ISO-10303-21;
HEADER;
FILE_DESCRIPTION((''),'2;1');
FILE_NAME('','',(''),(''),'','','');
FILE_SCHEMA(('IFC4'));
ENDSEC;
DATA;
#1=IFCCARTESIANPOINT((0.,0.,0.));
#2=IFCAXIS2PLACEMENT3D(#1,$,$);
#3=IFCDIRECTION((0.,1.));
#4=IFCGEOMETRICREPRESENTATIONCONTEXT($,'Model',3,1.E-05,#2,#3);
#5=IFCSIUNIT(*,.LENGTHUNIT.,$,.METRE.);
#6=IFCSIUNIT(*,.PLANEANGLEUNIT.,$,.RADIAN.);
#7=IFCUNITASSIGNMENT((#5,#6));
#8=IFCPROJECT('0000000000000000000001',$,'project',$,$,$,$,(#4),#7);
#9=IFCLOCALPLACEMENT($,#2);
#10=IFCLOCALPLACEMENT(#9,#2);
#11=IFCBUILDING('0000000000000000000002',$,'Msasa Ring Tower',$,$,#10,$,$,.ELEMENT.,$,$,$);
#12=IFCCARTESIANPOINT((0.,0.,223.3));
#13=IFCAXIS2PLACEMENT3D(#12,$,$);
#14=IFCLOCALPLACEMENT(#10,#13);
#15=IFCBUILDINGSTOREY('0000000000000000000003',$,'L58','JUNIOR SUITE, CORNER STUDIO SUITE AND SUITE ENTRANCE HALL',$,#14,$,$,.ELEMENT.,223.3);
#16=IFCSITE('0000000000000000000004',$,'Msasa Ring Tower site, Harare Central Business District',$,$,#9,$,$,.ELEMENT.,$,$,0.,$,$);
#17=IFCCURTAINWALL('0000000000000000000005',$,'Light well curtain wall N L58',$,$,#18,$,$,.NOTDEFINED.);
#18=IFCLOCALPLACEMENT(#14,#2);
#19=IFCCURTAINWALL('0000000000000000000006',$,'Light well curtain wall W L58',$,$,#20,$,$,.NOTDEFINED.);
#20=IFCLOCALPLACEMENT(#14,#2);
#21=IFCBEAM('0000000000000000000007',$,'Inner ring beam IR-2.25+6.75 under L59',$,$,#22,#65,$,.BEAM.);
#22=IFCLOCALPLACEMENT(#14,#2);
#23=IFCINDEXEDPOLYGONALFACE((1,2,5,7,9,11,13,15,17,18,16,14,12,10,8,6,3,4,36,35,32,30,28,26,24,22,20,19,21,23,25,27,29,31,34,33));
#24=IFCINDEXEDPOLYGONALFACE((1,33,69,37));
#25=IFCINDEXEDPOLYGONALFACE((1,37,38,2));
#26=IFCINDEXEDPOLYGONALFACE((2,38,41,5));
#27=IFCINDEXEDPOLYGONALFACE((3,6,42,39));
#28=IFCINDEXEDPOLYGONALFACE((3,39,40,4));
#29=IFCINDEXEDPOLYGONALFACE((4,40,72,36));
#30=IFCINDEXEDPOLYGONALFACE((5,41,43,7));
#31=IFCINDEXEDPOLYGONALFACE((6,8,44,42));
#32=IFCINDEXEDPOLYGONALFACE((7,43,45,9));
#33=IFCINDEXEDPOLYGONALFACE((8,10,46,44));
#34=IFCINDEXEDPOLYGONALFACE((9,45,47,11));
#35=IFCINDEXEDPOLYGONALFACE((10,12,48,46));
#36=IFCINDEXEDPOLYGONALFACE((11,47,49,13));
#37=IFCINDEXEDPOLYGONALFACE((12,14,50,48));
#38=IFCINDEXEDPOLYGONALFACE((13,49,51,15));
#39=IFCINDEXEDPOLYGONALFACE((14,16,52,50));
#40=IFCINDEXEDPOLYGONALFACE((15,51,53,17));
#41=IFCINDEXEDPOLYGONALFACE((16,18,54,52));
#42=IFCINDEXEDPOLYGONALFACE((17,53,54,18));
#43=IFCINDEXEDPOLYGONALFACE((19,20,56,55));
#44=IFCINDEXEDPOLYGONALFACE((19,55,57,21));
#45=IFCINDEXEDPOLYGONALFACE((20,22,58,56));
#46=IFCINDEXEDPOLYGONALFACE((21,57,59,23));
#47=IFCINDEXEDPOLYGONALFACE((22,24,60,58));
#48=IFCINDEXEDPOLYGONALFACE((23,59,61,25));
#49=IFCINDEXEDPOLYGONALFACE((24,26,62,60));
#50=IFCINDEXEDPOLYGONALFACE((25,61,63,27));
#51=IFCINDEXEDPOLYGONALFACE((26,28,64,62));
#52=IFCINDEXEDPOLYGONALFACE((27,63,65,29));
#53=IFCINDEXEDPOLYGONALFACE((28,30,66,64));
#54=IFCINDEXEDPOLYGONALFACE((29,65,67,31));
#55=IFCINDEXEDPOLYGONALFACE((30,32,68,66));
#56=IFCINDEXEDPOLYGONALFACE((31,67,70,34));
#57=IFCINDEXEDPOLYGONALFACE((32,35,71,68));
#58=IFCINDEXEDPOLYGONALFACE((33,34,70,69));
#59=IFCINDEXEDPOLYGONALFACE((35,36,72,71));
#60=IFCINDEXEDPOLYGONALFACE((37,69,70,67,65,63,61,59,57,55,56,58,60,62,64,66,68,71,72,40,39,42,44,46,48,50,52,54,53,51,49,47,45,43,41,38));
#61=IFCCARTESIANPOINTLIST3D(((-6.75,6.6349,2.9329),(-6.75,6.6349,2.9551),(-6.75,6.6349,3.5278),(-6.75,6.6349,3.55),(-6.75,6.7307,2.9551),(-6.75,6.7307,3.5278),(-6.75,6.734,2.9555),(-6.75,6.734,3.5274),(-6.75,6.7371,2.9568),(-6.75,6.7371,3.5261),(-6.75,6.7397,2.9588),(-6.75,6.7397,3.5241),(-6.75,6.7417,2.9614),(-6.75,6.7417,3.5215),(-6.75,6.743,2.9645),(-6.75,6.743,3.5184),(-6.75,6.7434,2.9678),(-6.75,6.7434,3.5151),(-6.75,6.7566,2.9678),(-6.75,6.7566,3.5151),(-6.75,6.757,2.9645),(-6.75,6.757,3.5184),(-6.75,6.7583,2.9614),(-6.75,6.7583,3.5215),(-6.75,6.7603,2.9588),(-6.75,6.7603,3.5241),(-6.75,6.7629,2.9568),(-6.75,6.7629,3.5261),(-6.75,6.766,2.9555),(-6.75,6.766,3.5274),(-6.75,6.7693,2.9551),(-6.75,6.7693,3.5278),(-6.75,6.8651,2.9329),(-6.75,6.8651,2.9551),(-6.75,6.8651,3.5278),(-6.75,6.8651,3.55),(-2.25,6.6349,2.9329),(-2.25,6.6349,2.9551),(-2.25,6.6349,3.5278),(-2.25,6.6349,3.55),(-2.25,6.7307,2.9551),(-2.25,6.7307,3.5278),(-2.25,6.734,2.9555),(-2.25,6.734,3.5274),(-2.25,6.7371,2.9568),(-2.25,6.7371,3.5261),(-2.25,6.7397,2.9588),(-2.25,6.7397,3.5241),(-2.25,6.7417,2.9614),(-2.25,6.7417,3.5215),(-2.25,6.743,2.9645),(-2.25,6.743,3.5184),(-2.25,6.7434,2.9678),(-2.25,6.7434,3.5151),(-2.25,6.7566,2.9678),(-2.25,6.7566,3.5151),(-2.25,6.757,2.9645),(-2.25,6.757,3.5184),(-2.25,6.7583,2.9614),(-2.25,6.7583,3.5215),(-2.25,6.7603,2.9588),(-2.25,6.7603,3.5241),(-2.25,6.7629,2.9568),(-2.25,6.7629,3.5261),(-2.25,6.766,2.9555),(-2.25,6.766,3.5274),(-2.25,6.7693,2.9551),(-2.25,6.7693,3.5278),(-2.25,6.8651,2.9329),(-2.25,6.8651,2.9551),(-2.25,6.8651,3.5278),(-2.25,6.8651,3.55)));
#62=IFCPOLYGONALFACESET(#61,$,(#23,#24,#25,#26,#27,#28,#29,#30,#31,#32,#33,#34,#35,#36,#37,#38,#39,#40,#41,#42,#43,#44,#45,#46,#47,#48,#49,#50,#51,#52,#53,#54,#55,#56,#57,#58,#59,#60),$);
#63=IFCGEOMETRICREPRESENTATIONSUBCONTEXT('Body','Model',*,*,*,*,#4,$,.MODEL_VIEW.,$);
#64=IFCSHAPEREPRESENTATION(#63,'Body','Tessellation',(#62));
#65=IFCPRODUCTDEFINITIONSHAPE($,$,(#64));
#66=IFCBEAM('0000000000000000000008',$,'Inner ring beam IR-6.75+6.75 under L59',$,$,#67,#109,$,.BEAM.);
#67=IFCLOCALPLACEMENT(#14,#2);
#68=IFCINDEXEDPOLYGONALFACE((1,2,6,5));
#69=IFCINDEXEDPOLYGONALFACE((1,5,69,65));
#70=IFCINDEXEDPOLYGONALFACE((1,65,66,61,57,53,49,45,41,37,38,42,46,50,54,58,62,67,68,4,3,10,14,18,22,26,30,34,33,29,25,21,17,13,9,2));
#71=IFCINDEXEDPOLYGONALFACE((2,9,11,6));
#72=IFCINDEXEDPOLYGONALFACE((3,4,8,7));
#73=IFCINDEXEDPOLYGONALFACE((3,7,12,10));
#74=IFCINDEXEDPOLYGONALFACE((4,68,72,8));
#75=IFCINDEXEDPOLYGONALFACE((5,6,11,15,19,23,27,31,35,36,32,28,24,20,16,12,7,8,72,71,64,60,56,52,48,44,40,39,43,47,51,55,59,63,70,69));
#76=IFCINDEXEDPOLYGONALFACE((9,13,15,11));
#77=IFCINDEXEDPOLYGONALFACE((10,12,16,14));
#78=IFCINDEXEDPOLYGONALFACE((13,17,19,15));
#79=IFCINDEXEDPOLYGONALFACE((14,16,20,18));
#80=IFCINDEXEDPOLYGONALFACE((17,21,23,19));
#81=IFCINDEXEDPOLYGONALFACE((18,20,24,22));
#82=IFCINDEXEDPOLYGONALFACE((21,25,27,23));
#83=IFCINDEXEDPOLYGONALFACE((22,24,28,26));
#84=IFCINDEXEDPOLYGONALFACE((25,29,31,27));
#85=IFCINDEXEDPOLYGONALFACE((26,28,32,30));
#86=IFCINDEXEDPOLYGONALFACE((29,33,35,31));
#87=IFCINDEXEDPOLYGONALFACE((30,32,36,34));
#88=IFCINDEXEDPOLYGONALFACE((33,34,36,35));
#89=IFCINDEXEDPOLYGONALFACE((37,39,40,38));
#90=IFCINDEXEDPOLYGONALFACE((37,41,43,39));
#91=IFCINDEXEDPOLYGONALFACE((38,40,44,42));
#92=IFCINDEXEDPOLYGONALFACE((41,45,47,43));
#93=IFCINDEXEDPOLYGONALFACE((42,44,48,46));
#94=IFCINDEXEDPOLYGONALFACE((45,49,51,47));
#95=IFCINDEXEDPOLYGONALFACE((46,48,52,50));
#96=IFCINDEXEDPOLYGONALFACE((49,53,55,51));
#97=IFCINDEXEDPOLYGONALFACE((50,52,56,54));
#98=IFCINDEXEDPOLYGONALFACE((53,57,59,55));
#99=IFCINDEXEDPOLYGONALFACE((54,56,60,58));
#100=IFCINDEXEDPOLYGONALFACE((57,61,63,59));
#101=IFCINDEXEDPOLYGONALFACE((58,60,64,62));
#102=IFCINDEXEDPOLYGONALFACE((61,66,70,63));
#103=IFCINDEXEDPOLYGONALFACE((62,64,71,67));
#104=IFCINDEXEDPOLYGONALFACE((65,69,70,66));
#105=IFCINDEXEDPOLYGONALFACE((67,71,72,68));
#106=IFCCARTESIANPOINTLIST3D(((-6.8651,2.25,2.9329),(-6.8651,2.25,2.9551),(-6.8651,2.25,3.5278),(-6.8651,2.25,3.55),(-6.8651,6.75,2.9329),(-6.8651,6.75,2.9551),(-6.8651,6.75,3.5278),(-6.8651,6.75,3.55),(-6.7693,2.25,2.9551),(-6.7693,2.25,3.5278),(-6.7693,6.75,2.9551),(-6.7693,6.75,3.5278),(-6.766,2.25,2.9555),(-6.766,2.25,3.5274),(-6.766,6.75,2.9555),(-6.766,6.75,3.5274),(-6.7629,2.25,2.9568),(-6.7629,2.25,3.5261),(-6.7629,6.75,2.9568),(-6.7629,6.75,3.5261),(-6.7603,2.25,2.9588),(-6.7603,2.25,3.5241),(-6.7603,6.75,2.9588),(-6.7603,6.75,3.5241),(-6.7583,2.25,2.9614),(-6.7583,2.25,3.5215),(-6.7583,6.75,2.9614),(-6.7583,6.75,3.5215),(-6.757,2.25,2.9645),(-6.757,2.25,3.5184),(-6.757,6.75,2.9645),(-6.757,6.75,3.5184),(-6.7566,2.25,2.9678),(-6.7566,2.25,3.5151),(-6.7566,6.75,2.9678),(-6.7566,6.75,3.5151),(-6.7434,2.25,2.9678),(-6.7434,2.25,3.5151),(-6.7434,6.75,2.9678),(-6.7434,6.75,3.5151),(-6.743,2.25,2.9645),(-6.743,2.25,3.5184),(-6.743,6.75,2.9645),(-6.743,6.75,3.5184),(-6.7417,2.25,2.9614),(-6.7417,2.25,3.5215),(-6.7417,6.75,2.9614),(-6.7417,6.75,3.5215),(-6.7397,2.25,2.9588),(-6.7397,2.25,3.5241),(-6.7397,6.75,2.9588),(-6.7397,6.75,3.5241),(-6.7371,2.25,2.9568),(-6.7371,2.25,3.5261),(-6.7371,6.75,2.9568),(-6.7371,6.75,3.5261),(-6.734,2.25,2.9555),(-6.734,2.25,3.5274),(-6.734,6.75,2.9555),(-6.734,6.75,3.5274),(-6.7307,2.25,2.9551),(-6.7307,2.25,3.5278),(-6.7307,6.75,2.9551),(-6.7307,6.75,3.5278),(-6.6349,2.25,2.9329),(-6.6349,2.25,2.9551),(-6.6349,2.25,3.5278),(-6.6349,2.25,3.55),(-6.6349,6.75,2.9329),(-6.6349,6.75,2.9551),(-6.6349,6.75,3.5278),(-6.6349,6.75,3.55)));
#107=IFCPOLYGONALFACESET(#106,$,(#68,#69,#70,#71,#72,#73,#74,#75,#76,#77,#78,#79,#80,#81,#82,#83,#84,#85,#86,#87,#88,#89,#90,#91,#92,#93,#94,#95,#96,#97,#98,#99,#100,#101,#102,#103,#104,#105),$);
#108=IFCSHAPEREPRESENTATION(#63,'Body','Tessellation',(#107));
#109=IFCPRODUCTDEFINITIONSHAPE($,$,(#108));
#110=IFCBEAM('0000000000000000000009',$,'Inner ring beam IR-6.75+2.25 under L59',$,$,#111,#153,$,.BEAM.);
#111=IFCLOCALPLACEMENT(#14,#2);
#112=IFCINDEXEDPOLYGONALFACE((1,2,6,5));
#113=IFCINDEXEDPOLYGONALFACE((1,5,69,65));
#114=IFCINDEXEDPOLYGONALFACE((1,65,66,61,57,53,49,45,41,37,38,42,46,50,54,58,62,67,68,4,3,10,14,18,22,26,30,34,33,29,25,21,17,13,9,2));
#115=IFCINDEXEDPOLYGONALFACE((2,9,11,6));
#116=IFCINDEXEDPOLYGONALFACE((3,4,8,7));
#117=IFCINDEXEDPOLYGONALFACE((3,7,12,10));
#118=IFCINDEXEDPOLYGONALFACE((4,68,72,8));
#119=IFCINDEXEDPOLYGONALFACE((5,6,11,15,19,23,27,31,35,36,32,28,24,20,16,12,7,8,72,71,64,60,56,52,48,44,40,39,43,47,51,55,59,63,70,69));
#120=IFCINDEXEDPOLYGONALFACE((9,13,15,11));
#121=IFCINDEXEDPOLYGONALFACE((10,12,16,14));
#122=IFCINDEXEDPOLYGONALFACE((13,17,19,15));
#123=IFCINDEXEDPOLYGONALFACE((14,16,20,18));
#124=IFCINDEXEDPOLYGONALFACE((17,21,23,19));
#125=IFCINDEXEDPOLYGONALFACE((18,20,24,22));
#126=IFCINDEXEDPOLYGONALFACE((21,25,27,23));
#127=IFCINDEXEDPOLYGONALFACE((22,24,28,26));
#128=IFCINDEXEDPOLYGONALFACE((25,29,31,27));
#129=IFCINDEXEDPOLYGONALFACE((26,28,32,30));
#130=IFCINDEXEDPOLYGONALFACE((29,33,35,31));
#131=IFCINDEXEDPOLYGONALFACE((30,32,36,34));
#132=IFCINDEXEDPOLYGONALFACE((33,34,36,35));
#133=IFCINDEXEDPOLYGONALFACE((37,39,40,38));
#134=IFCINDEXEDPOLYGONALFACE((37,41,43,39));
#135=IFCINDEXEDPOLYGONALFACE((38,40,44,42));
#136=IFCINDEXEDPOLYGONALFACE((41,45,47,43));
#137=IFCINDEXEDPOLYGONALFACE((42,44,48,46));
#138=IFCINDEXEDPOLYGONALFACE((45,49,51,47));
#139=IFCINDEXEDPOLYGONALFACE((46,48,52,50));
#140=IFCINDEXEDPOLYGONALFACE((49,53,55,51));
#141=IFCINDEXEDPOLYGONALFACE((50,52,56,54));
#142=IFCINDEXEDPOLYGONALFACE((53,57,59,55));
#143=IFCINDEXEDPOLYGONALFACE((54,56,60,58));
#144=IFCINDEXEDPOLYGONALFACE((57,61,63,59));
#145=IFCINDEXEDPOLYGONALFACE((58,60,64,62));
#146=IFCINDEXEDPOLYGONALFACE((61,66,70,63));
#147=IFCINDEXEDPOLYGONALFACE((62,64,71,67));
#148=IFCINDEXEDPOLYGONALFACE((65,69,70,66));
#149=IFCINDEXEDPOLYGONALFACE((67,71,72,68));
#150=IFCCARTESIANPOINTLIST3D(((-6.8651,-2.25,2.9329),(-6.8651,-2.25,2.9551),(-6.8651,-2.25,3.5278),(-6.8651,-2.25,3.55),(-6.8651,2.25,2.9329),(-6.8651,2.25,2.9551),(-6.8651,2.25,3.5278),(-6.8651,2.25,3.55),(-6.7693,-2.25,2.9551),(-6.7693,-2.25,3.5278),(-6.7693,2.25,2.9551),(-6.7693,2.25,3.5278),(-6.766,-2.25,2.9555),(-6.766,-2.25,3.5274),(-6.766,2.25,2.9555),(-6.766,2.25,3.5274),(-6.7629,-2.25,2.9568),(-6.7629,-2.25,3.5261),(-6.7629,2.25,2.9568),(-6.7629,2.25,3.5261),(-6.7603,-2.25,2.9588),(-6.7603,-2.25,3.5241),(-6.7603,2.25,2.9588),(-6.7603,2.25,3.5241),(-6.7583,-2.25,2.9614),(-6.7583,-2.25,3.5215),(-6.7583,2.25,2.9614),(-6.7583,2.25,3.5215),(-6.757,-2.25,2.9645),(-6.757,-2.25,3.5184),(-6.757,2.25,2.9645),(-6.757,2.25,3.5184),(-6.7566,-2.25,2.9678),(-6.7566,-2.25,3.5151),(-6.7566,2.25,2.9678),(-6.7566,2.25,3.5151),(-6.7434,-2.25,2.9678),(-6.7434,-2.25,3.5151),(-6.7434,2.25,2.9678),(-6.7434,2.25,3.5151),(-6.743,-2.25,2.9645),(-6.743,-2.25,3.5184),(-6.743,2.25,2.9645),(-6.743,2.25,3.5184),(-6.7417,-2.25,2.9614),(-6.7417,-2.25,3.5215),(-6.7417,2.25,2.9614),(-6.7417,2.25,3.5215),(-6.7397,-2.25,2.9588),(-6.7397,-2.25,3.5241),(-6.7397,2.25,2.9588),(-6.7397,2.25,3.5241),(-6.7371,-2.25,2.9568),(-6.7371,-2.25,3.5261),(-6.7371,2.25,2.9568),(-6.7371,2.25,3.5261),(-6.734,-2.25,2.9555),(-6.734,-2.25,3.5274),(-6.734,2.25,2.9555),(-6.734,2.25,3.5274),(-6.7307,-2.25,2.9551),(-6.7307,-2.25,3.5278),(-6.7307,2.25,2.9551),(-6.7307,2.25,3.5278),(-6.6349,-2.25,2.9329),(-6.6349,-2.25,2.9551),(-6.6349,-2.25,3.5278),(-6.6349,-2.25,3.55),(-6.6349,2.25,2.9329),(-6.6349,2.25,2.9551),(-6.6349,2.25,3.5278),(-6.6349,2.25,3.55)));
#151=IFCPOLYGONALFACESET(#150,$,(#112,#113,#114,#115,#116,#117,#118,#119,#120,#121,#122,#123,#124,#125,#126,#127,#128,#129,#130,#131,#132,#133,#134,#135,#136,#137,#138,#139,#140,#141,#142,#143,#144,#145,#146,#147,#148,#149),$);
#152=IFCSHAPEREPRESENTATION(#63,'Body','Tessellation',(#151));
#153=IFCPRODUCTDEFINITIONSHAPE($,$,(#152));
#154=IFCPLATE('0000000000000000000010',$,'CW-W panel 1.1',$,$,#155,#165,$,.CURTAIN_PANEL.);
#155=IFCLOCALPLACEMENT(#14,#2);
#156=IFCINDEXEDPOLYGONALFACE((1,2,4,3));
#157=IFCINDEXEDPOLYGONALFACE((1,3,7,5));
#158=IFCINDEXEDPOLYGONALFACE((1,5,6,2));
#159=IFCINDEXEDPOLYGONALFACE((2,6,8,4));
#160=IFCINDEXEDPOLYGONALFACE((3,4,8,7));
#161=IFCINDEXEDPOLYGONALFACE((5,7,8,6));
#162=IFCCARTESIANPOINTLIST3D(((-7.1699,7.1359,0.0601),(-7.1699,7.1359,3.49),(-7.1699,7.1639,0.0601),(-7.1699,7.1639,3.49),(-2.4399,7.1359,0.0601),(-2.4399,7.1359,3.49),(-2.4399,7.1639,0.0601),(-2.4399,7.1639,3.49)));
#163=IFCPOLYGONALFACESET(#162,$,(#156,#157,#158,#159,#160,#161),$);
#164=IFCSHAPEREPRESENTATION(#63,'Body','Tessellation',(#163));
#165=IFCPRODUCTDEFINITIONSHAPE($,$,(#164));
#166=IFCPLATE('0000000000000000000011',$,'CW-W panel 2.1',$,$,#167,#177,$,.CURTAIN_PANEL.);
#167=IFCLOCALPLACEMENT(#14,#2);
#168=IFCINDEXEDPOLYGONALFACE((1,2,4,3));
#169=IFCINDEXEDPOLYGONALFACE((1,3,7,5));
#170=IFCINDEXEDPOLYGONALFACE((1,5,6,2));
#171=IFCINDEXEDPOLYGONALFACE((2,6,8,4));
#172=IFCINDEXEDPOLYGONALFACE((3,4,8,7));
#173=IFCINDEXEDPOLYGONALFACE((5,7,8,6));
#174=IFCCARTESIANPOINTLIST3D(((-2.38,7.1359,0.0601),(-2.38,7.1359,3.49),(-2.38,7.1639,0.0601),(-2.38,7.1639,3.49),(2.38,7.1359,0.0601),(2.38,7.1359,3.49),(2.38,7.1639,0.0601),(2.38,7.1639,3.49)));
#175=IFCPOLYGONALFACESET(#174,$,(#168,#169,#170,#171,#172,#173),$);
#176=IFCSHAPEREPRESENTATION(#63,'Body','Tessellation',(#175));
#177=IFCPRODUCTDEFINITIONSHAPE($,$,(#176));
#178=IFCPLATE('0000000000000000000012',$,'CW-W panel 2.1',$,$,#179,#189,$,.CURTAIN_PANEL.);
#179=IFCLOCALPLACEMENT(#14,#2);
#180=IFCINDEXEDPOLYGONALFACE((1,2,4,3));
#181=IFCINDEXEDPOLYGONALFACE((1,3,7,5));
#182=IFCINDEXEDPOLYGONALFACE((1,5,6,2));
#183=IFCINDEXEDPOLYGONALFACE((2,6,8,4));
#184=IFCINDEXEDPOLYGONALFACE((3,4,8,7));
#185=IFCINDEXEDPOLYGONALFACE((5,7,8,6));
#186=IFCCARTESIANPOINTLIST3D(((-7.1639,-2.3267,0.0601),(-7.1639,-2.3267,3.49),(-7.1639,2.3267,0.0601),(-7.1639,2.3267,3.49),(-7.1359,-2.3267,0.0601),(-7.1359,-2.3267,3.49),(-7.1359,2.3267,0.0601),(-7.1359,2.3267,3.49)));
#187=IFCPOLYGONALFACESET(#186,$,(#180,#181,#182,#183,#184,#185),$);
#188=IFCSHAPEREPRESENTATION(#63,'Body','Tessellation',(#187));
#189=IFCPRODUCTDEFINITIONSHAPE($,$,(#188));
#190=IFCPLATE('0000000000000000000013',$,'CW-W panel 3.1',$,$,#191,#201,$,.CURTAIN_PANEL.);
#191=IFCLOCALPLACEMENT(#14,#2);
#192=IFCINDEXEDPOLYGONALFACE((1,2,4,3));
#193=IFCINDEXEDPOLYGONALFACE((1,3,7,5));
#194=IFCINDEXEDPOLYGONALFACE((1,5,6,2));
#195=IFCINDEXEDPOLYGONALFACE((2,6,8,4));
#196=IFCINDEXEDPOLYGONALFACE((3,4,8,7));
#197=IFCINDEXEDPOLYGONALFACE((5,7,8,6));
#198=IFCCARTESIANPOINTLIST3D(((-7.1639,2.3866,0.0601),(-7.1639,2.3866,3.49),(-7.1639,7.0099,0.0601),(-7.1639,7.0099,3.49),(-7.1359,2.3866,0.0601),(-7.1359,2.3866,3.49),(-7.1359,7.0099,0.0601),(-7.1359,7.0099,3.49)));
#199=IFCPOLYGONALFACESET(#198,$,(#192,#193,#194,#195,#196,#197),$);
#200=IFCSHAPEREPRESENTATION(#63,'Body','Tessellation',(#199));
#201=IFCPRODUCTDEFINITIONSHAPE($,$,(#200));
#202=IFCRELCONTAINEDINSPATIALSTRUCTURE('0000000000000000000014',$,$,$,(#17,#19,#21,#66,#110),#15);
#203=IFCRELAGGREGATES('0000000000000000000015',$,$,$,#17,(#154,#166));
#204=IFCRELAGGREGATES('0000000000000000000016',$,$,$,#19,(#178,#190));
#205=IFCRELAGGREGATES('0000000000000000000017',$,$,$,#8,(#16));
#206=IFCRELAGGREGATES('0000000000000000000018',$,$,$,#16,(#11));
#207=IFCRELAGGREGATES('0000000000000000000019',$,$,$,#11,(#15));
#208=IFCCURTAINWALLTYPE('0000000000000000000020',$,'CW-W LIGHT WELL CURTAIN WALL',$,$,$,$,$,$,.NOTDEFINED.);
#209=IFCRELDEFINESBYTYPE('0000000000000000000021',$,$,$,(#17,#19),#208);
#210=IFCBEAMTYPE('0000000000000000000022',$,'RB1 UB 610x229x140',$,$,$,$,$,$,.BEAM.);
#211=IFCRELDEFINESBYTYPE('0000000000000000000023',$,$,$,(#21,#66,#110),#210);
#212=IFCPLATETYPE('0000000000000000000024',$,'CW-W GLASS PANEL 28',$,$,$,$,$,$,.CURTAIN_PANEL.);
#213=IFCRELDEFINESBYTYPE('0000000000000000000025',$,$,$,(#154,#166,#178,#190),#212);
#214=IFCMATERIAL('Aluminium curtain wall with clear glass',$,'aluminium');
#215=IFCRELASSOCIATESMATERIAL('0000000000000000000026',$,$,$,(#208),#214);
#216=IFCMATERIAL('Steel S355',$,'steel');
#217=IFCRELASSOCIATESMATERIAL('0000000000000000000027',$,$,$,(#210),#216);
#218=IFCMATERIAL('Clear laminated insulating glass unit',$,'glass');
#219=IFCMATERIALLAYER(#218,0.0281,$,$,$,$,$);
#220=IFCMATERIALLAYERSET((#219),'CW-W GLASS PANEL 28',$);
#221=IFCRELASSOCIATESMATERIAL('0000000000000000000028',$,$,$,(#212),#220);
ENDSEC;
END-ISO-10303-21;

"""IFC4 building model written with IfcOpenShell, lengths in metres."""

from ifc_helpers import new_model, si_unit, direction, frame, origin, origin_2d, place, context, subcontext, project, spatial, rectangle, i_section, extrude, material, layer, layer_set, material_profile, profile_set, type_object, element, aggregate, save


model = new_model("IFC4")

# Units and contexts
model_context = context("Model", 3, precision=1e-05, world=origin(), true_north=direction((0.0, 1.0)))
body_context = subcontext(model_context, "Body", "Model", "MODEL_VIEW")
ifc_project = project(units=[si_unit("LENGTHUNIT", "METRE"), si_unit("PLANEANGLEUNIT", "RADIAN")], contexts=[model_context])

# Site, building, storey
site_placement = place(None, origin())
site = spatial("IfcSite", under=ifc_project, at=site_placement, Name="Msasa Ring Tower site, Harare Central Business District", CompositionType="ELEMENT", RefElevation=0.0)
building_placement = place(site_placement, origin())
building = spatial("IfcBuilding", under=site, at=building_placement, Name="Msasa Ring Tower", CompositionType="ELEMENT")
storey_placement = place(building_placement, frame((0.0, 0.0, 223.3)))
storey = spatial("IfcBuildingStorey", under=building, at=storey_placement, Name="L58", Description="JUNIOR SUITE, CORNER STUDIO SUITE AND SUITE ENTRANCE HALL", CompositionType="ELEMENT", Elevation=223.3)

# Curtain wall
ifc_material_1 = material(Name="Aluminium curtain wall with clear glass", Category="aluminium")
curtain_wall_type = type_object("IfcCurtainWallType", Name="CW-W LIGHT WELL CURTAIN WALL", PredefinedType="NOTDEFINED", material=ifc_material_1)
curtain_wall_1_placement = place(storey_placement, origin())
curtain_wall_1 = element("IfcCurtainWall", 1, at=curtain_wall_1_placement, inside=storey, type_object=curtain_wall_type, Name="Light well curtain wall N L58", PredefinedType="NOTDEFINED")

# Curtain wall
curtain_wall_2_placement = place(storey_placement, origin())
curtain_wall_2 = element("IfcCurtainWall", 2, at=curtain_wall_2_placement, inside=storey, type_object=curtain_wall_type, Name="Light well curtain wall W L58", PredefinedType="NOTDEFINED")

# Beams
ifc_material_2 = material(Name="Steel S355", Category="steel")
ifc_material_profile_1 = material_profile(ifc_material_2, i_section(OverallWidth=0.2302, OverallDepth=0.6172, WebThickness=0.0132, FlangeThickness=0.0222, FilletRadius=0.0127, at=origin_2d()), Name="UB 610x229x140")
ifc_profile_set_1 = profile_set([ifc_material_profile_1], Name="Steel S355")
beam_type = type_object("IfcBeamType", Name="RB1 UB 610x229x140", PredefinedType="BEAM", material=ifc_profile_set_1)
for number, where, z_axis, x_axis, name in (
    (3, (-2.25, 6.75, 3.2415), (-1.0, 0.0, 0.0), (0.0, -1.0, 0.0), "Inner ring beam IR-2.25+6.75 under L59"),
    (4, (-6.75, 6.75, 3.2415), (0.0, -1.0, 0.0), (1.0, 0.0, 0.0), "Inner ring beam IR-6.75+6.75 under L59"),
    (5, (-6.75, 2.25, 3.2415), (0.0, -1.0, 0.0), (1.0, 0.0, 0.0), "Inner ring beam IR-6.75+2.25 under L59"),
):
    element("IfcBeam", number, at=place(storey_placement, frame(where, z_axis=z_axis, x_axis=x_axis)), inside=storey, type_object=beam_type, Name=name, PredefinedType="BEAM", context=body_context, shape_type="SweptSolid", body=[
        extrude(i_section(OverallWidth=0.2302, OverallDepth=0.6172, WebThickness=0.0132, FlangeThickness=0.0222, FilletRadius=0.0127, at=origin_2d()), origin(), (0.0, 0.0, 1.0), 4.5),
    ])

# Plates
ifc_material_3 = material(Name="Clear laminated insulating glass unit", Category="glass")
ifc_layer_1 = layer(ifc_material_3, 0.0281)
ifc_layer_set_1 = layer_set([ifc_layer_1], Name="CW-W GLASS PANEL 28")
plate_type = type_object("IfcPlateType", Name="CW-W GLASS PANEL 28", PredefinedType="CURTAIN_PANEL", material=ifc_layer_set_1)
plate_1_placement = place(storey_placement, frame((-4.8049, 7.1499, 0.0601), z_axis=(0.0, 0.0, 1.0), x_axis=(1.0, 0.0, 0.0)))
plate_1 = element("IfcPlate", 6, at=plate_1_placement, type_object=plate_type, Name="CW-W panel 1.1", PredefinedType="CURTAIN_PANEL", context=body_context, shape_type="SweptSolid", body=[
    extrude(rectangle(XDim=4.73, YDim=0.0281, at=origin_2d()), origin(), (0.0, 0.0, 1.0), 3.4299),
])
plate_2_placement = place(storey_placement, frame((0.0, 7.1499, 0.0601), z_axis=(0.0, 0.0, 1.0), x_axis=(1.0, 0.0, 0.0)))
plate_2 = element("IfcPlate", 7, at=plate_2_placement, type_object=plate_type, Name="CW-W panel 2.1", PredefinedType="CURTAIN_PANEL", context=body_context, shape_type="SweptSolid", body=[
    extrude(rectangle(XDim=4.76, YDim=0.0281, at=origin_2d()), origin(), (0.0, 0.0, 1.0), 3.4299),
])
aggregate(curtain_wall_1, [plate_1, plate_2])
plate_3_placement = place(storey_placement, frame((-7.1499, 0.0, 0.0601), z_axis=(0.0, 0.0, 1.0), x_axis=(0.0, 1.0, 0.0)))
plate_3 = element("IfcPlate", 8, at=plate_3_placement, type_object=plate_type, Name="CW-W panel 2.1", PredefinedType="CURTAIN_PANEL", context=body_context, shape_type="SweptSolid", body=[
    extrude(rectangle(XDim=4.6533, YDim=0.0281, at=origin_2d()), origin(), (0.0, 0.0, 1.0), 3.4299),
])
plate_4_placement = place(storey_placement, frame((-7.1499, 4.6982, 0.0601), z_axis=(0.0, 0.0, 1.0), x_axis=(0.0, 1.0, 0.0)))
plate_4 = element("IfcPlate", 9, at=plate_4_placement, type_object=plate_type, Name="CW-W panel 3.1", PredefinedType="CURTAIN_PANEL", context=body_context, shape_type="SweptSolid", body=[
    extrude(rectangle(XDim=4.6233, YDim=0.0281, at=origin_2d()), origin(), (0.0, 0.0, 1.0), 3.4299),
])
aggregate(curtain_wall_2, [plate_3, plate_4])

save(model, "model.ifc")
